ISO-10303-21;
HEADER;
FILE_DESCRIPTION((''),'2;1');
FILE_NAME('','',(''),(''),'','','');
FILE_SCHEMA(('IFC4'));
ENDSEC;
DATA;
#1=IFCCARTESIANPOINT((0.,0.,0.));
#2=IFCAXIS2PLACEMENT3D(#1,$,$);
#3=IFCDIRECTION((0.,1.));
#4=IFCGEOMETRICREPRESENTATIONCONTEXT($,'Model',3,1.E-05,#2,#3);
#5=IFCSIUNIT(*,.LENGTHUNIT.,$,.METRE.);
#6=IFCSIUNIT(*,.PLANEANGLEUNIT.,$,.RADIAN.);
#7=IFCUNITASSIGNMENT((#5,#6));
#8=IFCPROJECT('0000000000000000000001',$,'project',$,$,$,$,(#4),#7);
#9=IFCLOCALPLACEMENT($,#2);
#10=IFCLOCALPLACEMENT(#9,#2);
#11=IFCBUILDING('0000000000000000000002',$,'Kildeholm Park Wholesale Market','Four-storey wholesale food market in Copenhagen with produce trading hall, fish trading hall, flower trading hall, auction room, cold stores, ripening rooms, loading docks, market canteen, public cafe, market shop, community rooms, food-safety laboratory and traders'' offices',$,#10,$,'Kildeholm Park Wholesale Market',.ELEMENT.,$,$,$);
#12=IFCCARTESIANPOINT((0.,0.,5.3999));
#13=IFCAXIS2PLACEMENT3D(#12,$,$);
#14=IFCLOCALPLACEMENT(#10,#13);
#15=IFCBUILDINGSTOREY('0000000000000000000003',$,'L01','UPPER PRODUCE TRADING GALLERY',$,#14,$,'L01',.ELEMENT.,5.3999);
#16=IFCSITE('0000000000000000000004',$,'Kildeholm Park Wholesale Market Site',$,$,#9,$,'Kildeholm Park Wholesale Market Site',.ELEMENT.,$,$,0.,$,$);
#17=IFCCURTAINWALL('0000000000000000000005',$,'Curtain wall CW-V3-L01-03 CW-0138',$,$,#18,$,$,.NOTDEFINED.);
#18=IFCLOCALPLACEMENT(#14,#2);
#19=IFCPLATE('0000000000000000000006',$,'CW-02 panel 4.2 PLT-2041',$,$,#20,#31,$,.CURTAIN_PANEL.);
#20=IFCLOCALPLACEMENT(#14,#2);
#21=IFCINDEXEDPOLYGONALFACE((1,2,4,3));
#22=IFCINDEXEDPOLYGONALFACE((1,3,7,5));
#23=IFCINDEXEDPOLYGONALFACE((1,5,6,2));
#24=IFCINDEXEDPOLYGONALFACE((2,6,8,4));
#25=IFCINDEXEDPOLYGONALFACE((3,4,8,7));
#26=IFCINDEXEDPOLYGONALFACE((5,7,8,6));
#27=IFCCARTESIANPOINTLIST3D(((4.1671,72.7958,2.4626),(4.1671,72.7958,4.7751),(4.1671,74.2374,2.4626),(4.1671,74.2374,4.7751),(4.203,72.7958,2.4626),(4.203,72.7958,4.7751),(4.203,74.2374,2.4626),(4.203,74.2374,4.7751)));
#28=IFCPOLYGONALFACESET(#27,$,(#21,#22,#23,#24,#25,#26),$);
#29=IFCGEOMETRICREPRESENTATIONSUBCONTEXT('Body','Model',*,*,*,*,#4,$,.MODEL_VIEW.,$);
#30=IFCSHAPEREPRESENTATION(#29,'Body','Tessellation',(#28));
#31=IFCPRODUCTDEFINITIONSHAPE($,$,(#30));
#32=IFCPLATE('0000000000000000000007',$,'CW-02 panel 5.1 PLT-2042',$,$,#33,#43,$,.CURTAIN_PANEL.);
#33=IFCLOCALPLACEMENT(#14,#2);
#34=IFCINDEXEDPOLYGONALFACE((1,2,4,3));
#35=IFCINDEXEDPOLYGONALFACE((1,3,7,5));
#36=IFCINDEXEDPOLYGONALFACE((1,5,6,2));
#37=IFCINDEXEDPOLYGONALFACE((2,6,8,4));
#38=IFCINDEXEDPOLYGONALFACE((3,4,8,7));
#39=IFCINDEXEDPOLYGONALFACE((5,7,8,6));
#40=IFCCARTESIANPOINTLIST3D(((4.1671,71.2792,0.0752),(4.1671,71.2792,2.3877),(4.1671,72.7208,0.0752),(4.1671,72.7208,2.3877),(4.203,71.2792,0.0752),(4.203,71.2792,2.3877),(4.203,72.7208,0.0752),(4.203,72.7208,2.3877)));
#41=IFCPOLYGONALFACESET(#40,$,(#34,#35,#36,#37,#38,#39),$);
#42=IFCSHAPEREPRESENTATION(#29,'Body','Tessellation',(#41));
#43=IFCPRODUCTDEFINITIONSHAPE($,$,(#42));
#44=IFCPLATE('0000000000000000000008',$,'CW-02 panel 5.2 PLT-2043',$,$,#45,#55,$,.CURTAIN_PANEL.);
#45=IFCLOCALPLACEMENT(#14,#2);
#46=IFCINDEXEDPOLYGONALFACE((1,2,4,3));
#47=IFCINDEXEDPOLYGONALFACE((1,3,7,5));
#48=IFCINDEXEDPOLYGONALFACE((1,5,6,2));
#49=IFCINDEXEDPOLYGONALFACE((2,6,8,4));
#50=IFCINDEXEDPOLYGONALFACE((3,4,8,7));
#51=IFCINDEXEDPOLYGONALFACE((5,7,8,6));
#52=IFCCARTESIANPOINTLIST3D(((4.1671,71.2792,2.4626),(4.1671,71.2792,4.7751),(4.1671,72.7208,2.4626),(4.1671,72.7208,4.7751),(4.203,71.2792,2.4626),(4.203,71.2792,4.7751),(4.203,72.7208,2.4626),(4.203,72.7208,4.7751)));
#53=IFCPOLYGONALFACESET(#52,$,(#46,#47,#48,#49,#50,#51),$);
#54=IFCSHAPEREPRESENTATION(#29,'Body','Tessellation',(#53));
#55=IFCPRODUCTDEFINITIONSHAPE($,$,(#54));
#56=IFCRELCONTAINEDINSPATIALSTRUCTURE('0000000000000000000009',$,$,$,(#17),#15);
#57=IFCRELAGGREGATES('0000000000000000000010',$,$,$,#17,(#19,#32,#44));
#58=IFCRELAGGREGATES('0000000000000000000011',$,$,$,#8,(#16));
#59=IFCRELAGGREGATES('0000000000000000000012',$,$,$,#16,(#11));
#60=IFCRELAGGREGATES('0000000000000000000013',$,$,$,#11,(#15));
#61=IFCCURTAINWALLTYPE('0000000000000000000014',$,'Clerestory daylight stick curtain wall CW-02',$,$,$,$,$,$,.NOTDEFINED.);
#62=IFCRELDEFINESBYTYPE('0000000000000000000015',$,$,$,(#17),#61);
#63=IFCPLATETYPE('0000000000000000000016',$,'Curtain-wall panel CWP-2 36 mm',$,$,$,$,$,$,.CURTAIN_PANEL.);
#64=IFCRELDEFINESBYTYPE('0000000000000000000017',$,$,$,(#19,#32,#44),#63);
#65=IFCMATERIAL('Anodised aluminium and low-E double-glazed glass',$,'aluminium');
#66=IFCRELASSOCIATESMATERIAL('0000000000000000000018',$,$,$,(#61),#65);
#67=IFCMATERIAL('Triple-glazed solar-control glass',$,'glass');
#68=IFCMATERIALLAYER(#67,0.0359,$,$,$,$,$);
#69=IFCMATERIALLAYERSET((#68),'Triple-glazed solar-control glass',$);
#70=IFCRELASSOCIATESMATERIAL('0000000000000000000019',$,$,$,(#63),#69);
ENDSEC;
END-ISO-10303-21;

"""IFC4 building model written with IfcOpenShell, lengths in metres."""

from ifc_helpers import new_model, si_unit, direction, frame, origin, origin_2d, place, context, subcontext, project, spatial, rectangle, extrude, material, layer, layer_set, type_object, element, aggregate, save


model = new_model("IFC4")

# Units and contexts
model_context = context("Model", 3, precision=1e-05, world=origin(), true_north=direction((0.0, 1.0)))
body_context = subcontext(model_context, "Body", "Model", "MODEL_VIEW")
ifc_project = project(units=[si_unit("LENGTHUNIT", "METRE"), si_unit("PLANEANGLEUNIT", "RADIAN")], contexts=[model_context])

# Site, building, storey
site_placement = place(None, origin())
site = spatial("IfcSite", under=ifc_project, at=site_placement, Name="Kildeholm Park Wholesale Market Site", LongName="Kildeholm Park Wholesale Market Site", CompositionType="ELEMENT", RefElevation=0.0)
building_placement = place(site_placement, origin())
building = spatial("IfcBuilding", under=site, at=building_placement, Name="Kildeholm Park Wholesale Market", Description="Four-storey wholesale food market in Copenhagen with produce trading hall, fish trading hall, flower trading hall, auction room, cold stores, ripening rooms, loading docks, market canteen, public cafe, market shop, community rooms, food-safety laboratory and traders' offices", LongName="Kildeholm Park Wholesale Market", CompositionType="ELEMENT")
storey_placement = place(building_placement, frame((0.0, 0.0, 5.3999)))
storey = spatial("IfcBuildingStorey", under=building, at=storey_placement, Name="L01", Description="UPPER PRODUCE TRADING GALLERY", LongName="L01", CompositionType="ELEMENT", Elevation=5.3999)

# Shared definitions
ifc_material_1 = material(Name="Anodised aluminium and low-E double-glazed glass", Category="aluminium")
curtain_wall_type = type_object("IfcCurtainWallType", Name="Clerestory daylight stick curtain wall CW-02", PredefinedType="NOTDEFINED", material=ifc_material_1)

# Curtain wall
curtain_wall_1_placement = place(storey_placement, origin())
curtain_wall_1 = element("IfcCurtainWall", 1, at=curtain_wall_1_placement, inside=storey, type_object=curtain_wall_type, Name="Curtain wall CW-V3-L01-03 CW-0138", PredefinedType="NOTDEFINED")

# Plates
ifc_material_2 = material(Name="Triple-glazed solar-control glass", Category="glass")
ifc_layer = layer(ifc_material_2, 0.0359)
ifc_layer_set = layer_set([ifc_layer], Name="Triple-glazed solar-control glass")
plate_type = type_object("IfcPlateType", Name="Curtain-wall panel CWP-2 36 mm", PredefinedType="CURTAIN_PANEL", material=ifc_layer_set)
plate_1_placement = place(storey_placement, frame((4.1851, 73.5166, 2.4626), z_axis=(0.0, 0.0, 1.0), x_axis=(0.0, -1.0, 0.0)))
plate_1 = element("IfcPlate", 2, at=plate_1_placement, type_object=plate_type, Name="CW-02 panel 4.2 PLT-2041", PredefinedType="CURTAIN_PANEL", context=body_context, shape_type="SweptSolid", body=[
    extrude(rectangle(XDim=1.4417, YDim=0.0359, at=origin_2d()), origin(), (0.0, 0.0, 1.0), 2.3125),
])
plate_2_placement = place(storey_placement, frame((4.1851, 72.0, 0.0752), z_axis=(0.0, 0.0, 1.0), x_axis=(0.0, -1.0, 0.0)))
plate_2 = element("IfcPlate", 3, at=plate_2_placement, type_object=plate_type, Name="CW-02 panel 5.1 PLT-2042", PredefinedType="CURTAIN_PANEL", context=body_context, shape_type="SweptSolid", body=[
    extrude(rectangle(XDim=1.4417, YDim=0.0359, at=origin_2d()), origin(), (0.0, 0.0, 1.0), 2.3125),
])
plate_3_placement = place(storey_placement, frame((4.1851, 72.0, 2.4626), z_axis=(0.0, 0.0, 1.0), x_axis=(0.0, -1.0, 0.0)))
plate_3 = element("IfcPlate", 4, at=plate_3_placement, type_object=plate_type, Name="CW-02 panel 5.2 PLT-2043", PredefinedType="CURTAIN_PANEL", context=body_context, shape_type="SweptSolid", body=[
    extrude(rectangle(XDim=1.4417, YDim=0.0359, at=origin_2d()), origin(), (0.0, 0.0, 1.0), 2.3125),
])
aggregate(curtain_wall_1, [plate_1, plate_2, plate_3])

save(model, "model.ifc")
